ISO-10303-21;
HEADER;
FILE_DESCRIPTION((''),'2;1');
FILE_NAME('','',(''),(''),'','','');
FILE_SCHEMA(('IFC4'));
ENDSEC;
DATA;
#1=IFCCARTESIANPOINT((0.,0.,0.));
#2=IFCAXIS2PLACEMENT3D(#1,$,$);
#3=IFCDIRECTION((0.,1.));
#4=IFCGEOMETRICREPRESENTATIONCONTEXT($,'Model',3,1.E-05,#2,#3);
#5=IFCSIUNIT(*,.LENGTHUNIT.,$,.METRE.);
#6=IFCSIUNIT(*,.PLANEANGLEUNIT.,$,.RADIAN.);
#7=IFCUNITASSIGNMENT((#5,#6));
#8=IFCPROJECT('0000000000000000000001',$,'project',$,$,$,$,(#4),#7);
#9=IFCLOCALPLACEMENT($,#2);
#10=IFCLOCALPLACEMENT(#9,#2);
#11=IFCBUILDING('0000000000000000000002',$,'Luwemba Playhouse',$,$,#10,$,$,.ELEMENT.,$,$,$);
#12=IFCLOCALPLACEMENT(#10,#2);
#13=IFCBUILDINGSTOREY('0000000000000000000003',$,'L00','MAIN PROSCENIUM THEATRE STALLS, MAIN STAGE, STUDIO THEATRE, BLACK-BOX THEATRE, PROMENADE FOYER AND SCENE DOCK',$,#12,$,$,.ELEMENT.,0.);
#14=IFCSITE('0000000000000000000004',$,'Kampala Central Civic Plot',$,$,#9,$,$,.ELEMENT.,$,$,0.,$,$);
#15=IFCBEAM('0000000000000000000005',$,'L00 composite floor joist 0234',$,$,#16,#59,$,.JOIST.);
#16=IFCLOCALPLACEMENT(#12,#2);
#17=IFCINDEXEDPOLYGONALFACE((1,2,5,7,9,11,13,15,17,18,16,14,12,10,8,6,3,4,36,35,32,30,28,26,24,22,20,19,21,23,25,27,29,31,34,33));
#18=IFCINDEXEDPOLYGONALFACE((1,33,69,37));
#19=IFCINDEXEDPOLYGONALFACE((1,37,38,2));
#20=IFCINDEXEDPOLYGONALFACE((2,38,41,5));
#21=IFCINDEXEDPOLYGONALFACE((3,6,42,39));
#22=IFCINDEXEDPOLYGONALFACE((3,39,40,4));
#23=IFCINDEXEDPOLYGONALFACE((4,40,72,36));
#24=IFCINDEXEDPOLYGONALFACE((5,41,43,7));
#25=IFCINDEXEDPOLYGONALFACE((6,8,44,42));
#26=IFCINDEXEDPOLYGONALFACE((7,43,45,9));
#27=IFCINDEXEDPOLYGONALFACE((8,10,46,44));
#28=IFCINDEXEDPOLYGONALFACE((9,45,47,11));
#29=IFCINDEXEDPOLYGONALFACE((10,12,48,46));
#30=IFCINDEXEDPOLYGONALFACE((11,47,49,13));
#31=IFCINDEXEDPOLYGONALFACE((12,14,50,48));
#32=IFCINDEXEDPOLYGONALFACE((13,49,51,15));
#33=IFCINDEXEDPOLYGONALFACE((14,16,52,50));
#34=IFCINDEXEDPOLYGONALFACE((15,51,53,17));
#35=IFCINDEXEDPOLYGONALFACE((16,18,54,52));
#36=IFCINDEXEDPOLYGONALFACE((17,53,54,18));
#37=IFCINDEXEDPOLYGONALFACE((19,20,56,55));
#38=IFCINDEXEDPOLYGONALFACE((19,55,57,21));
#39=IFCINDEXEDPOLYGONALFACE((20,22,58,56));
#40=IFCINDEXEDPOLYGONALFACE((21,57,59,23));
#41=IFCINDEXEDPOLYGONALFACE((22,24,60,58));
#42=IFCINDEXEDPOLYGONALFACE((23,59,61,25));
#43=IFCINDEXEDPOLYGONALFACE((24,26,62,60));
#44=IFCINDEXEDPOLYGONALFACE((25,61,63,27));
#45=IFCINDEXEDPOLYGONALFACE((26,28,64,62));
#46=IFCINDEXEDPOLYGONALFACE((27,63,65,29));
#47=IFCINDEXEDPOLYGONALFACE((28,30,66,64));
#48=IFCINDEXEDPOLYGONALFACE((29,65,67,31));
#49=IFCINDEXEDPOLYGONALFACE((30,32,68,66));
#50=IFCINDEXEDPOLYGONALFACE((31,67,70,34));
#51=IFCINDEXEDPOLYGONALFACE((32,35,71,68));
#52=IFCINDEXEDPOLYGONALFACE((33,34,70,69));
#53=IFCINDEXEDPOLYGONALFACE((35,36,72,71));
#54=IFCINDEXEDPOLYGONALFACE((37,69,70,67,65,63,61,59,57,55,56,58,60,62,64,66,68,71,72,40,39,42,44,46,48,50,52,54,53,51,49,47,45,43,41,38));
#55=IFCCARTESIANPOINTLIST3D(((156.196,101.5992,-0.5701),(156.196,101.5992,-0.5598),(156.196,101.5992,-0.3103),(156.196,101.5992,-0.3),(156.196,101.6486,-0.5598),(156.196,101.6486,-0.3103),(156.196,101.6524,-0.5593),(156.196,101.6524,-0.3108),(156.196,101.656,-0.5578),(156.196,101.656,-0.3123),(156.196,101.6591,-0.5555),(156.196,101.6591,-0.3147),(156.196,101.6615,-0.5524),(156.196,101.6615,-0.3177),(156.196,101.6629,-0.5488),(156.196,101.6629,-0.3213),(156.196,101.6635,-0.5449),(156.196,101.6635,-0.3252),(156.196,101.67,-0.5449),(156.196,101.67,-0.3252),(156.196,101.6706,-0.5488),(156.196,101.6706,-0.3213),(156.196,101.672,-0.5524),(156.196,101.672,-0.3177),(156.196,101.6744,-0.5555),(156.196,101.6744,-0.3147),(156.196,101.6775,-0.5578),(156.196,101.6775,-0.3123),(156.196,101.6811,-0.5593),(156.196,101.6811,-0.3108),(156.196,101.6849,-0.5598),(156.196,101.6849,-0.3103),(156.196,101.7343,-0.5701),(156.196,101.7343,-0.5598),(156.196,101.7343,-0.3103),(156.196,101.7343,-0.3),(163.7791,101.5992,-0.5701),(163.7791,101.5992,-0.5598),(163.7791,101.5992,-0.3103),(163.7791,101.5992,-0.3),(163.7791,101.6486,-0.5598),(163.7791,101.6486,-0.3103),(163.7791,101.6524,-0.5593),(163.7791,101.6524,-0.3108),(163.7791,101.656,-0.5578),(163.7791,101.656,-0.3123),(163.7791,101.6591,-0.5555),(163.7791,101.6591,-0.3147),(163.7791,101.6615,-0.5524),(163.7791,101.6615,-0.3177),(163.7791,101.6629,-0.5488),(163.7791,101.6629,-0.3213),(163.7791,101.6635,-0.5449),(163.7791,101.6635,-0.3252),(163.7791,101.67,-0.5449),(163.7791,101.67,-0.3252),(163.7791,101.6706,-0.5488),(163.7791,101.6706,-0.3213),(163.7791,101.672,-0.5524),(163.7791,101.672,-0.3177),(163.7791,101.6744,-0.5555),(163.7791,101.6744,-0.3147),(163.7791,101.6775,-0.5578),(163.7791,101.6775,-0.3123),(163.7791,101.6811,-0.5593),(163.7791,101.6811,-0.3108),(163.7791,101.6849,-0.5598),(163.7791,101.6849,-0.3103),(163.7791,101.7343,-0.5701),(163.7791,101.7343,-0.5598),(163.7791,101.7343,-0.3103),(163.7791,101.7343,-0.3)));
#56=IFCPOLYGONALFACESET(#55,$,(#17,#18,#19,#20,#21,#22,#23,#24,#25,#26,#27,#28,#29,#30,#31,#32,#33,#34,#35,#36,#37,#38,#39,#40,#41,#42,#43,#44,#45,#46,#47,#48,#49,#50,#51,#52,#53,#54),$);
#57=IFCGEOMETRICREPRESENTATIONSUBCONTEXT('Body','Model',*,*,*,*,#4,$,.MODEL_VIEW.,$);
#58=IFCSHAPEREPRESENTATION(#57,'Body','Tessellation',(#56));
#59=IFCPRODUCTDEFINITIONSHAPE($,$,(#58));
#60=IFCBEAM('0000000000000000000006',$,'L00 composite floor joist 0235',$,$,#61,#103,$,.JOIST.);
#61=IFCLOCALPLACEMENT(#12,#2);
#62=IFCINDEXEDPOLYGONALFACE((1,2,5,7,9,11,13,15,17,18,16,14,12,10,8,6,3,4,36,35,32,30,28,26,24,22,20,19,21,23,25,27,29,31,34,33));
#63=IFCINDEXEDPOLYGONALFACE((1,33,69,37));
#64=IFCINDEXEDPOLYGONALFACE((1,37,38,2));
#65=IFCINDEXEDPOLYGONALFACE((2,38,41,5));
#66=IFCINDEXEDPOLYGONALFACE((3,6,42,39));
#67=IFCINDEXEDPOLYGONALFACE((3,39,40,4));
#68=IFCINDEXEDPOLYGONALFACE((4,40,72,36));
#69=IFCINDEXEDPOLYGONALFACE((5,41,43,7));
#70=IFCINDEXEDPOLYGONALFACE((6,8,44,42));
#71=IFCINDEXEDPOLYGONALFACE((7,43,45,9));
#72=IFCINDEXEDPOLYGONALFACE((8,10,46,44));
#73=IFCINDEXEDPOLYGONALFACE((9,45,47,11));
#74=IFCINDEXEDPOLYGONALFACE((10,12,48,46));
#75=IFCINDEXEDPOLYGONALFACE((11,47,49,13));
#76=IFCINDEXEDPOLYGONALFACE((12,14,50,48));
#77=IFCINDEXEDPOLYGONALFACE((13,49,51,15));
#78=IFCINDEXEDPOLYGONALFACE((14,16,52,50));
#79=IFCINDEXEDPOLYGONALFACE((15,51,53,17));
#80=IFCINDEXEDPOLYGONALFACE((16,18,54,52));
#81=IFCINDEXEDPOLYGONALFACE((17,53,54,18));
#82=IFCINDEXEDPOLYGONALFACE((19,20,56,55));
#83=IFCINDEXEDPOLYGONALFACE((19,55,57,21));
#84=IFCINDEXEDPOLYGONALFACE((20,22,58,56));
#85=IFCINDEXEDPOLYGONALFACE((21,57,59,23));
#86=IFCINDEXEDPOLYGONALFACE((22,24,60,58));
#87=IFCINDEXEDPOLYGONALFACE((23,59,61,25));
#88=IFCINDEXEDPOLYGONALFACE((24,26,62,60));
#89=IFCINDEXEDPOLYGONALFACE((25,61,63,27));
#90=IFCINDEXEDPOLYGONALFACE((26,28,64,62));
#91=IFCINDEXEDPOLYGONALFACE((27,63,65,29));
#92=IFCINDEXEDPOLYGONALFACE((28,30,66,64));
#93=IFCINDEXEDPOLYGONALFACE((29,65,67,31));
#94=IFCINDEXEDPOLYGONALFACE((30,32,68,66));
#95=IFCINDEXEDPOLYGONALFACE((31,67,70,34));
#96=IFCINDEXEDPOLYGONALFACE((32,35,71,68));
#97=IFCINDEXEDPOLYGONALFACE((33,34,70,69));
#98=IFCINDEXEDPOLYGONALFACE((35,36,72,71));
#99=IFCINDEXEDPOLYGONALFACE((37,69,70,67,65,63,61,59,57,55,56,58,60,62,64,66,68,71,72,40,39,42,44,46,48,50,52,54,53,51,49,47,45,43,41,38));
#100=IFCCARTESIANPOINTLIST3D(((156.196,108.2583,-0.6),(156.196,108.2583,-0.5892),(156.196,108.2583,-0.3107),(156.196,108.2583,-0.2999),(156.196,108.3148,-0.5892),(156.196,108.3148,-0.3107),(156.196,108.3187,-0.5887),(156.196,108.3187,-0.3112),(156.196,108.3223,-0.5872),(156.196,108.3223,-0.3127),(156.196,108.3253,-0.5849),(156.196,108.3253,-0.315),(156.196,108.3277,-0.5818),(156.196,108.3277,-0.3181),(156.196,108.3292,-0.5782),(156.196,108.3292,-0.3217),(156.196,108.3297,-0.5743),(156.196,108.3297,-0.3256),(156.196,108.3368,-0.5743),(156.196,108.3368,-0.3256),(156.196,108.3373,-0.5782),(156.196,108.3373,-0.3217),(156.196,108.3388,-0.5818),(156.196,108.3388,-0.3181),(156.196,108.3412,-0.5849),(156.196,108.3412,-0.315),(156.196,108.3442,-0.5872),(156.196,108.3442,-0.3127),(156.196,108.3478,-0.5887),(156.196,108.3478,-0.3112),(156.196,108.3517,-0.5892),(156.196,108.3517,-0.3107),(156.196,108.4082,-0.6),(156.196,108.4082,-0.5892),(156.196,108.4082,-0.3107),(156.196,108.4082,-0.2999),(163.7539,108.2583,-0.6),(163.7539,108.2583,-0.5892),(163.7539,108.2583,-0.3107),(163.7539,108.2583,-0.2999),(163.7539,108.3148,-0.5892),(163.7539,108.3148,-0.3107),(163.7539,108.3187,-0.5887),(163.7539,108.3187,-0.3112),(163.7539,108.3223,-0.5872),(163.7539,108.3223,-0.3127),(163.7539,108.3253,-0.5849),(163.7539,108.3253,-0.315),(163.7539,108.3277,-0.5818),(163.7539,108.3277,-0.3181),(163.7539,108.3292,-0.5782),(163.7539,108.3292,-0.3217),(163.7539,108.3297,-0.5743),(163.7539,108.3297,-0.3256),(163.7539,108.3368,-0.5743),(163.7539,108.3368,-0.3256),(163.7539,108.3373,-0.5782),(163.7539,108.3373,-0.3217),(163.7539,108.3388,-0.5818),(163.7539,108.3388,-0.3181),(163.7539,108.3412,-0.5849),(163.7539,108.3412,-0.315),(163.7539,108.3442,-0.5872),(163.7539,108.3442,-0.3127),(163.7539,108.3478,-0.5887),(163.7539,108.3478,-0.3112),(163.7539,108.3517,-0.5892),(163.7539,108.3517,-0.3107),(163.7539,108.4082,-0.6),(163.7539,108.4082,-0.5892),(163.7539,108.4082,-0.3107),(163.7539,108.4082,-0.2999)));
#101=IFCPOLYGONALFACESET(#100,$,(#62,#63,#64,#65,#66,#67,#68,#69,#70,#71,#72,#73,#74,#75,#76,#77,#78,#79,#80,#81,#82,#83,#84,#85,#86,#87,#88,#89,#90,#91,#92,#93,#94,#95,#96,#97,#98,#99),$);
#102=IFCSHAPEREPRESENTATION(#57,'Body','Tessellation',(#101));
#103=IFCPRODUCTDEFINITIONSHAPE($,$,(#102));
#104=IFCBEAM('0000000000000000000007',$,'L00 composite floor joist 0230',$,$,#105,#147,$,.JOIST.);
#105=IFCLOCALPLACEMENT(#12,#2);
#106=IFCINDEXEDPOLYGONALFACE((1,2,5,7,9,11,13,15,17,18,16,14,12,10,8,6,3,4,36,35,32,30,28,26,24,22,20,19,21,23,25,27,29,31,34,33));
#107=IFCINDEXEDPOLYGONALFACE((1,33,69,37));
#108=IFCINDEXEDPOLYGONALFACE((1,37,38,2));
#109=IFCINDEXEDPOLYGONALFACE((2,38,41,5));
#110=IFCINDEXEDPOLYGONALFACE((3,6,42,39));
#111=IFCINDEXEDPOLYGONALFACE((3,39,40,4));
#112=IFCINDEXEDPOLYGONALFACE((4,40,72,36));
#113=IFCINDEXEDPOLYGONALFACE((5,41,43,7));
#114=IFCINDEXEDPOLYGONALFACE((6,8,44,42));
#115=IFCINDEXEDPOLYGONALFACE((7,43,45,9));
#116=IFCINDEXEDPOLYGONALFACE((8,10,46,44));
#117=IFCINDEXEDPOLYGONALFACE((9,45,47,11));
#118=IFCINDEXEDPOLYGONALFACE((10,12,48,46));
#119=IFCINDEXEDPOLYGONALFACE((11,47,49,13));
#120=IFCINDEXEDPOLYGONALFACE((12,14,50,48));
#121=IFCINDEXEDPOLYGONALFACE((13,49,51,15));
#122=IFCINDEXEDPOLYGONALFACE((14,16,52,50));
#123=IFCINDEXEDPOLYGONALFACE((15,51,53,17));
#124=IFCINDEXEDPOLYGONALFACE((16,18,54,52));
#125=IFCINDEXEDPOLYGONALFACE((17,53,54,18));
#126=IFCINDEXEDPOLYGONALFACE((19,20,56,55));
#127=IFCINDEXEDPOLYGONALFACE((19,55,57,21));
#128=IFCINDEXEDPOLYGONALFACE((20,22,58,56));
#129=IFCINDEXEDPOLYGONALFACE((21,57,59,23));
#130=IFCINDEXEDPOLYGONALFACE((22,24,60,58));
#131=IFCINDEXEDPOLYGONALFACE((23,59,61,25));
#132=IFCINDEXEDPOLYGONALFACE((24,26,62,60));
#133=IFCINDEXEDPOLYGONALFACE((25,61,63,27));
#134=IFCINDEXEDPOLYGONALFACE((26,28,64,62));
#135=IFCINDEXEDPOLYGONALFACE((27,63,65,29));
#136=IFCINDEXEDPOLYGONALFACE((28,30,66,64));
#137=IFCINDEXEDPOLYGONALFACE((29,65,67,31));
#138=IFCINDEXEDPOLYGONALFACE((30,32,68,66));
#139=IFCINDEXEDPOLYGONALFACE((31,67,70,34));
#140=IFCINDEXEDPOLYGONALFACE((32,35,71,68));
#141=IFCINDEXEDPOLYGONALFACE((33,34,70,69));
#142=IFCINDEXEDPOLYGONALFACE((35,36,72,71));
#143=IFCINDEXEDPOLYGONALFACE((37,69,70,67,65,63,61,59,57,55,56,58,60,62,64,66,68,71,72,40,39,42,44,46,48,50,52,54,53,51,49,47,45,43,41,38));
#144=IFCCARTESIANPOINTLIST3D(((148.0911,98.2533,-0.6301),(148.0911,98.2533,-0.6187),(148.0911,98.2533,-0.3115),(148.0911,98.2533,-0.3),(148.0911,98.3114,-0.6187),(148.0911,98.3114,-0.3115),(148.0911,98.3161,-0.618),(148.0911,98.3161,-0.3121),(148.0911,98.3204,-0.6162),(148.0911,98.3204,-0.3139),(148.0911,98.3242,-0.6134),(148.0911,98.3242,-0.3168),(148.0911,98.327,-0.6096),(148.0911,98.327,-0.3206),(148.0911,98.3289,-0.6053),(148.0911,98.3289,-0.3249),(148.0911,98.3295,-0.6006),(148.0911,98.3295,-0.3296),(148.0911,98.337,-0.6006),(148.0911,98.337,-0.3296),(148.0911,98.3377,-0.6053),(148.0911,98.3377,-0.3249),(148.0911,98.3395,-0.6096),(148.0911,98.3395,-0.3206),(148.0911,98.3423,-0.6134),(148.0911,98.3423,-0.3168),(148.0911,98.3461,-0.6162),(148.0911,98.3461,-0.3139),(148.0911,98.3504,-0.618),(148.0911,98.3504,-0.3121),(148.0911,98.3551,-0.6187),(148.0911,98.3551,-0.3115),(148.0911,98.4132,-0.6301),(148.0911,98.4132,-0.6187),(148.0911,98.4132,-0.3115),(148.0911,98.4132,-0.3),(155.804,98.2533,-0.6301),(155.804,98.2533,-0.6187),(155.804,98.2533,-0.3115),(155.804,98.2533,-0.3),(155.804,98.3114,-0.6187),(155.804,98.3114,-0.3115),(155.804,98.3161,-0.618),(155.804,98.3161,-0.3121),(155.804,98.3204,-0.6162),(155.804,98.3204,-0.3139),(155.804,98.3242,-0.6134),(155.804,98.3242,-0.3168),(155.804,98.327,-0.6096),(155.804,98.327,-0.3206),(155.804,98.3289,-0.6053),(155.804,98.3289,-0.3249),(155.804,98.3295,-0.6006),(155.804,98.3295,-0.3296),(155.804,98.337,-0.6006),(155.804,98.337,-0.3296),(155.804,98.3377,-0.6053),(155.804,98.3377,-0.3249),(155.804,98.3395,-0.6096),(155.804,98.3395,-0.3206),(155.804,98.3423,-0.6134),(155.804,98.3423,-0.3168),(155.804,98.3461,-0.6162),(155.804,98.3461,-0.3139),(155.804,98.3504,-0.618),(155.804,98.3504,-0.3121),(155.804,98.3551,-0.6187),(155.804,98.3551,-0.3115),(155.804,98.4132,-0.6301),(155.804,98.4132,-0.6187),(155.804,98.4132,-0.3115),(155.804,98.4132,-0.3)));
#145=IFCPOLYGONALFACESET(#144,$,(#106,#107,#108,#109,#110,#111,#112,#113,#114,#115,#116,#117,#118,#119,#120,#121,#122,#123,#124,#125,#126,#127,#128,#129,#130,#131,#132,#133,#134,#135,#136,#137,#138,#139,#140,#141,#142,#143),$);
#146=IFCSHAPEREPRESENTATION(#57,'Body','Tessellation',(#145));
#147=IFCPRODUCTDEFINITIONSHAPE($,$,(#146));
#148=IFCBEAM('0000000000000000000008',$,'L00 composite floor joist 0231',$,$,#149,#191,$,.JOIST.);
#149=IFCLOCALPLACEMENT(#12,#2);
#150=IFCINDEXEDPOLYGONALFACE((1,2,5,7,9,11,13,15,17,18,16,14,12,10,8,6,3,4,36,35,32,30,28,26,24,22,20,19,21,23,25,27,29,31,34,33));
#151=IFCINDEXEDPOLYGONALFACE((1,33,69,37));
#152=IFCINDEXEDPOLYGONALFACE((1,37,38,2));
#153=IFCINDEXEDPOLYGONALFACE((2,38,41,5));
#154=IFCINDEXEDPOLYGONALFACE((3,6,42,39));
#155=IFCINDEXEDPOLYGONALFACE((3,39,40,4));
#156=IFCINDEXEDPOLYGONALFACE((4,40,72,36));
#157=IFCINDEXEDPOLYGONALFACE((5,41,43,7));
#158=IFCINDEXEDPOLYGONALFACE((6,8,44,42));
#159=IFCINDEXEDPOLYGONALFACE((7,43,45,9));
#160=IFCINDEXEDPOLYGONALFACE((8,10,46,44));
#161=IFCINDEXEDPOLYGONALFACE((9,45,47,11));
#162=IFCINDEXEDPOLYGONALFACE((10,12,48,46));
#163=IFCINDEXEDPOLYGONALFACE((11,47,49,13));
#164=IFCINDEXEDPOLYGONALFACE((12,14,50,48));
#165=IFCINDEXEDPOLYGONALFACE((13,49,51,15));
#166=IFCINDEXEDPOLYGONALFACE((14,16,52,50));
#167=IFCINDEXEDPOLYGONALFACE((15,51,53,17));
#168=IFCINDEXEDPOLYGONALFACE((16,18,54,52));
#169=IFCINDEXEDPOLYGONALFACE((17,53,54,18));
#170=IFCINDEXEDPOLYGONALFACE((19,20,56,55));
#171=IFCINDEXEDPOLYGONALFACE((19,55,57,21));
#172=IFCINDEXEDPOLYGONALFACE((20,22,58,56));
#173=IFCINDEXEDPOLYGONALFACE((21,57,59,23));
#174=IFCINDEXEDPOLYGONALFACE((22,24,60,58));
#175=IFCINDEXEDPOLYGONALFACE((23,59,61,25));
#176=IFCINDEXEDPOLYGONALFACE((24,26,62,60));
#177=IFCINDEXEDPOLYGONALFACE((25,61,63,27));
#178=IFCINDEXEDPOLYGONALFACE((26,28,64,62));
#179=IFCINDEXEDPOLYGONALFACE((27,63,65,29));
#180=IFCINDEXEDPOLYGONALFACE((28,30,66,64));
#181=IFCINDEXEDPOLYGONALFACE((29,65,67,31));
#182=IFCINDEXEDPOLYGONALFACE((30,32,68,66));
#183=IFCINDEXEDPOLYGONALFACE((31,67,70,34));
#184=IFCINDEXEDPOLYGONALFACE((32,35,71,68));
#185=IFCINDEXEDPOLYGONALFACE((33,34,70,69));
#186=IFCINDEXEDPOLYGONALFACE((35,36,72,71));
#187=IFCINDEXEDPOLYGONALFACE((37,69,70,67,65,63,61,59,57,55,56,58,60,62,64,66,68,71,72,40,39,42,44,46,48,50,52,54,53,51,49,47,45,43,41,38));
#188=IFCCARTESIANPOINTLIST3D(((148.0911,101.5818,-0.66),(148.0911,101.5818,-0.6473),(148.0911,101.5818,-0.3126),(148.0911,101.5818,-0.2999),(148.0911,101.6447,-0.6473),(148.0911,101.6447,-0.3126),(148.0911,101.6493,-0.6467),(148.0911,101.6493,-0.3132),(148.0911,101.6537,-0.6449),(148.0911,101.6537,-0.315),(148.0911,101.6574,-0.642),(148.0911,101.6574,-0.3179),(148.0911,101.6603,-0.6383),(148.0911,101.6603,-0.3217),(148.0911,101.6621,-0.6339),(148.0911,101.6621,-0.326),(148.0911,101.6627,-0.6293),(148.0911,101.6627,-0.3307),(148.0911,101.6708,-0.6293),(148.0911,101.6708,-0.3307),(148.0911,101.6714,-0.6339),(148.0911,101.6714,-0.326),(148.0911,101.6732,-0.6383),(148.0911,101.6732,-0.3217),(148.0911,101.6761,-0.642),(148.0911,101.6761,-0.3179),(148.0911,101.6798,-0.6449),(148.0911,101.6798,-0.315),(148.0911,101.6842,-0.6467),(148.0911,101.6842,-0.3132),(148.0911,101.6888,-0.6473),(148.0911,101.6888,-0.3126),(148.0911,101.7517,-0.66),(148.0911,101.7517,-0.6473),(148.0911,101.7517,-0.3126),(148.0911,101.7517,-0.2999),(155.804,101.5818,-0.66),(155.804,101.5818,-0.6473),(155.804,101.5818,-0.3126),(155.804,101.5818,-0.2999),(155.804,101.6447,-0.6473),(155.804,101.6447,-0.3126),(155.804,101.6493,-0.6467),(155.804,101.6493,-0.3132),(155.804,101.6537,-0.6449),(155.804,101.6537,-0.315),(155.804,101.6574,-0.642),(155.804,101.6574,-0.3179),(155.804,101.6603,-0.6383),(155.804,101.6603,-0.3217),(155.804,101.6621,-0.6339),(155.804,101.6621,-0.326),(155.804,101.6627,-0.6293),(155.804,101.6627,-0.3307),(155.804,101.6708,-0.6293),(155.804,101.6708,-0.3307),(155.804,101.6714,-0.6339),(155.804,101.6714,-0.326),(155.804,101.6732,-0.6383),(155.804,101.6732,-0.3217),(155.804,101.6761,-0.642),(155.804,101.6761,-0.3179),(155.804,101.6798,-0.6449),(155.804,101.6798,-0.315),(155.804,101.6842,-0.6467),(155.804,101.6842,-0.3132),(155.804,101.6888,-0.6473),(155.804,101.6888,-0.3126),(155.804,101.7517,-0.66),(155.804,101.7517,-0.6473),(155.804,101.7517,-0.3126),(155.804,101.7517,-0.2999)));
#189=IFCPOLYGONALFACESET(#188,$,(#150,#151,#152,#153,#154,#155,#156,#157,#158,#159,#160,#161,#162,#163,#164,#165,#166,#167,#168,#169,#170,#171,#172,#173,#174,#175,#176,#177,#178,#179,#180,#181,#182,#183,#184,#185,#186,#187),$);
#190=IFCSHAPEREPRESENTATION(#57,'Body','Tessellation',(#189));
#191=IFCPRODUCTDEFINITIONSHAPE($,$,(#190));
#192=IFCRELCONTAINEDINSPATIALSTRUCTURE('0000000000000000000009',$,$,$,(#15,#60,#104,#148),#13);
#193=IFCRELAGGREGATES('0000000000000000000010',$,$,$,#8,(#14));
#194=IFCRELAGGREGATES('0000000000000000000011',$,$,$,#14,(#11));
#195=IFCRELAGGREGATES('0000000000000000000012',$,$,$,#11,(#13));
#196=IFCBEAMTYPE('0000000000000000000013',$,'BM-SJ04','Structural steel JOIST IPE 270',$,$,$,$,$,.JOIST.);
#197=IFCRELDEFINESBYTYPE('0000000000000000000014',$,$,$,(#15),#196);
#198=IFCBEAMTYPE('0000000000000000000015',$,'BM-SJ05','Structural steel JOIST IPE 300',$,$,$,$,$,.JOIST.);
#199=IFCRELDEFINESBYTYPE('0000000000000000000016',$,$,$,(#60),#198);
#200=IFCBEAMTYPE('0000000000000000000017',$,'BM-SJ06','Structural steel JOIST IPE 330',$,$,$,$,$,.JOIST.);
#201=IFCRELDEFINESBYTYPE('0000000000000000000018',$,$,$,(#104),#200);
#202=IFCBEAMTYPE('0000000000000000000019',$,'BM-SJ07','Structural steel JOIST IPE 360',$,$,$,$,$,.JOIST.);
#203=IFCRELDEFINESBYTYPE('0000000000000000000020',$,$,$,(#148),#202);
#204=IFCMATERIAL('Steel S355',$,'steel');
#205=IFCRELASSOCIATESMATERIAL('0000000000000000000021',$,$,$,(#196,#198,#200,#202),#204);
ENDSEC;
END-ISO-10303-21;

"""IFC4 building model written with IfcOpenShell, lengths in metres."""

from ifc_helpers import new_model, si_unit, direction, frame, origin, origin_2d, place, context, subcontext, project, spatial, i_section, extrude, material, material_profile, profile_set, type_object, element, save


model = new_model("IFC4")

# Units and contexts
model_context = context("Model", 3, precision=1e-05, world=origin(), true_north=direction((0.0, 1.0)))
body_context = subcontext(model_context, "Body", "Model", "MODEL_VIEW")
ifc_project = project(units=[si_unit("LENGTHUNIT", "METRE"), si_unit("PLANEANGLEUNIT", "RADIAN")], contexts=[model_context])

# Site, building, storey
site_placement = place(None, origin())
site = spatial("IfcSite", under=ifc_project, at=site_placement, Name="Kampala Central Civic Plot", CompositionType="ELEMENT", RefElevation=0.0)
building_placement = place(site_placement, origin())
building = spatial("IfcBuilding", under=site, at=building_placement, Name="Luwemba Playhouse", CompositionType="ELEMENT")
storey_placement = place(building_placement, origin())
storey = spatial("IfcBuildingStorey", under=building, at=storey_placement, Name="L00", Description="MAIN PROSCENIUM THEATRE STALLS, MAIN STAGE, STUDIO THEATRE, BLACK-BOX THEATRE, PROMENADE FOYER AND SCENE DOCK", CompositionType="ELEMENT", Elevation=0.0)

# Beams
ifc_material_1 = material(Name="Steel S355", Category="steel")
ifc_material_profile_1 = material_profile(ifc_material_1, i_section(OverallWidth=0.135, OverallDepth=0.27, WebThickness=0.0066, FlangeThickness=0.0103, FilletRadius=0.0149, at=origin_2d()))
ifc_profile_set_1 = profile_set([ifc_material_profile_1], Name="Steel S355")
beam_type_1 = type_object("IfcBeamType", Name="BM-SJ04", Description="Structural steel JOIST IPE 270", PredefinedType="JOIST", material=ifc_profile_set_1)
beam_1_placement = place(storey_placement, frame((156.196, 101.6667, -0.4351), z_axis=(1.0, 0.0, 0.0), x_axis=(0.0, 1.0, 0.0)))
element("IfcBeam", 1, at=beam_1_placement, inside=storey, type_object=beam_type_1, Name="L00 composite floor joist 0234", PredefinedType="JOIST", context=body_context, shape_type="SweptSolid", body=[
    extrude(i_section(OverallWidth=0.135, OverallDepth=0.27, WebThickness=0.0066, FlangeThickness=0.0103, FilletRadius=0.0149, at=origin_2d()), origin(), (0.0, 0.0, 1.0), 7.583),
])
ifc_material_profile_2 = material_profile(ifc_material_1, i_section(OverallWidth=0.1499, OverallDepth=0.3, WebThickness=0.0071, FlangeThickness=0.0107, FilletRadius=0.0149, at=origin_2d()))
ifc_profile_set_2 = profile_set([ifc_material_profile_2], Name="Steel S355")
beam_type_2 = type_object("IfcBeamType", Name="BM-SJ05", Description="Structural steel JOIST IPE 300", PredefinedType="JOIST", material=ifc_profile_set_2)
beam_2_placement = place(storey_placement, frame((156.196, 108.3333, -0.45), z_axis=(1.0, 0.0, 0.0), x_axis=(0.0, 1.0, 0.0)))
element("IfcBeam", 2, at=beam_2_placement, inside=storey, type_object=beam_type_2, Name="L00 composite floor joist 0235", PredefinedType="JOIST", context=body_context, shape_type="SweptSolid", body=[
    extrude(i_section(OverallWidth=0.1499, OverallDepth=0.3, WebThickness=0.0071, FlangeThickness=0.0107, FilletRadius=0.0149, at=origin_2d()), origin(), (0.0, 0.0, 1.0), 7.5579),
])
ifc_material_profile_3 = material_profile(ifc_material_1, i_section(OverallWidth=0.1599, OverallDepth=0.3301, WebThickness=0.0076, FlangeThickness=0.0115, FilletRadius=0.0181, at=origin_2d()))
ifc_profile_set_3 = profile_set([ifc_material_profile_3], Name="Steel S355")
beam_type_3 = type_object("IfcBeamType", Name="BM-SJ06", Description="Structural steel JOIST IPE 330", PredefinedType="JOIST", material=ifc_profile_set_3)
beam_3_placement = place(storey_placement, frame((148.0911, 98.3333, -0.4651), z_axis=(1.0, 0.0, 0.0), x_axis=(0.0, 1.0, 0.0)))
element("IfcBeam", 3, at=beam_3_placement, inside=storey, type_object=beam_type_3, Name="L00 composite floor joist 0230", PredefinedType="JOIST", context=body_context, shape_type="SweptSolid", body=[
    extrude(i_section(OverallWidth=0.1599, OverallDepth=0.3301, WebThickness=0.0076, FlangeThickness=0.0115, FilletRadius=0.0181, at=origin_2d()), origin(), (0.0, 0.0, 1.0), 7.7129),
])
ifc_material_profile_4 = material_profile(ifc_material_1, i_section(OverallWidth=0.1699, OverallDepth=0.3601, WebThickness=0.0081, FlangeThickness=0.0127, FilletRadius=0.0181, at=origin_2d()))
ifc_profile_set_4 = profile_set([ifc_material_profile_4], Name="Steel S355")
beam_type_4 = type_object("IfcBeamType", Name="BM-SJ07", Description="Structural steel JOIST IPE 360", PredefinedType="JOIST", material=ifc_profile_set_4)
beam_4_placement = place(storey_placement, frame((148.0911, 101.6667, -0.48), z_axis=(1.0, 0.0, 0.0), x_axis=(0.0, 1.0, 0.0)))
element("IfcBeam", 4, at=beam_4_placement, inside=storey, type_object=beam_type_4, Name="L00 composite floor joist 0231", PredefinedType="JOIST", context=body_context, shape_type="SweptSolid", body=[
    extrude(i_section(OverallWidth=0.1699, OverallDepth=0.3601, WebThickness=0.0081, FlangeThickness=0.0127, FilletRadius=0.0181, at=origin_2d()), origin(), (0.0, 0.0, 1.0), 7.7129),
])

save(model, "model.ifc")
